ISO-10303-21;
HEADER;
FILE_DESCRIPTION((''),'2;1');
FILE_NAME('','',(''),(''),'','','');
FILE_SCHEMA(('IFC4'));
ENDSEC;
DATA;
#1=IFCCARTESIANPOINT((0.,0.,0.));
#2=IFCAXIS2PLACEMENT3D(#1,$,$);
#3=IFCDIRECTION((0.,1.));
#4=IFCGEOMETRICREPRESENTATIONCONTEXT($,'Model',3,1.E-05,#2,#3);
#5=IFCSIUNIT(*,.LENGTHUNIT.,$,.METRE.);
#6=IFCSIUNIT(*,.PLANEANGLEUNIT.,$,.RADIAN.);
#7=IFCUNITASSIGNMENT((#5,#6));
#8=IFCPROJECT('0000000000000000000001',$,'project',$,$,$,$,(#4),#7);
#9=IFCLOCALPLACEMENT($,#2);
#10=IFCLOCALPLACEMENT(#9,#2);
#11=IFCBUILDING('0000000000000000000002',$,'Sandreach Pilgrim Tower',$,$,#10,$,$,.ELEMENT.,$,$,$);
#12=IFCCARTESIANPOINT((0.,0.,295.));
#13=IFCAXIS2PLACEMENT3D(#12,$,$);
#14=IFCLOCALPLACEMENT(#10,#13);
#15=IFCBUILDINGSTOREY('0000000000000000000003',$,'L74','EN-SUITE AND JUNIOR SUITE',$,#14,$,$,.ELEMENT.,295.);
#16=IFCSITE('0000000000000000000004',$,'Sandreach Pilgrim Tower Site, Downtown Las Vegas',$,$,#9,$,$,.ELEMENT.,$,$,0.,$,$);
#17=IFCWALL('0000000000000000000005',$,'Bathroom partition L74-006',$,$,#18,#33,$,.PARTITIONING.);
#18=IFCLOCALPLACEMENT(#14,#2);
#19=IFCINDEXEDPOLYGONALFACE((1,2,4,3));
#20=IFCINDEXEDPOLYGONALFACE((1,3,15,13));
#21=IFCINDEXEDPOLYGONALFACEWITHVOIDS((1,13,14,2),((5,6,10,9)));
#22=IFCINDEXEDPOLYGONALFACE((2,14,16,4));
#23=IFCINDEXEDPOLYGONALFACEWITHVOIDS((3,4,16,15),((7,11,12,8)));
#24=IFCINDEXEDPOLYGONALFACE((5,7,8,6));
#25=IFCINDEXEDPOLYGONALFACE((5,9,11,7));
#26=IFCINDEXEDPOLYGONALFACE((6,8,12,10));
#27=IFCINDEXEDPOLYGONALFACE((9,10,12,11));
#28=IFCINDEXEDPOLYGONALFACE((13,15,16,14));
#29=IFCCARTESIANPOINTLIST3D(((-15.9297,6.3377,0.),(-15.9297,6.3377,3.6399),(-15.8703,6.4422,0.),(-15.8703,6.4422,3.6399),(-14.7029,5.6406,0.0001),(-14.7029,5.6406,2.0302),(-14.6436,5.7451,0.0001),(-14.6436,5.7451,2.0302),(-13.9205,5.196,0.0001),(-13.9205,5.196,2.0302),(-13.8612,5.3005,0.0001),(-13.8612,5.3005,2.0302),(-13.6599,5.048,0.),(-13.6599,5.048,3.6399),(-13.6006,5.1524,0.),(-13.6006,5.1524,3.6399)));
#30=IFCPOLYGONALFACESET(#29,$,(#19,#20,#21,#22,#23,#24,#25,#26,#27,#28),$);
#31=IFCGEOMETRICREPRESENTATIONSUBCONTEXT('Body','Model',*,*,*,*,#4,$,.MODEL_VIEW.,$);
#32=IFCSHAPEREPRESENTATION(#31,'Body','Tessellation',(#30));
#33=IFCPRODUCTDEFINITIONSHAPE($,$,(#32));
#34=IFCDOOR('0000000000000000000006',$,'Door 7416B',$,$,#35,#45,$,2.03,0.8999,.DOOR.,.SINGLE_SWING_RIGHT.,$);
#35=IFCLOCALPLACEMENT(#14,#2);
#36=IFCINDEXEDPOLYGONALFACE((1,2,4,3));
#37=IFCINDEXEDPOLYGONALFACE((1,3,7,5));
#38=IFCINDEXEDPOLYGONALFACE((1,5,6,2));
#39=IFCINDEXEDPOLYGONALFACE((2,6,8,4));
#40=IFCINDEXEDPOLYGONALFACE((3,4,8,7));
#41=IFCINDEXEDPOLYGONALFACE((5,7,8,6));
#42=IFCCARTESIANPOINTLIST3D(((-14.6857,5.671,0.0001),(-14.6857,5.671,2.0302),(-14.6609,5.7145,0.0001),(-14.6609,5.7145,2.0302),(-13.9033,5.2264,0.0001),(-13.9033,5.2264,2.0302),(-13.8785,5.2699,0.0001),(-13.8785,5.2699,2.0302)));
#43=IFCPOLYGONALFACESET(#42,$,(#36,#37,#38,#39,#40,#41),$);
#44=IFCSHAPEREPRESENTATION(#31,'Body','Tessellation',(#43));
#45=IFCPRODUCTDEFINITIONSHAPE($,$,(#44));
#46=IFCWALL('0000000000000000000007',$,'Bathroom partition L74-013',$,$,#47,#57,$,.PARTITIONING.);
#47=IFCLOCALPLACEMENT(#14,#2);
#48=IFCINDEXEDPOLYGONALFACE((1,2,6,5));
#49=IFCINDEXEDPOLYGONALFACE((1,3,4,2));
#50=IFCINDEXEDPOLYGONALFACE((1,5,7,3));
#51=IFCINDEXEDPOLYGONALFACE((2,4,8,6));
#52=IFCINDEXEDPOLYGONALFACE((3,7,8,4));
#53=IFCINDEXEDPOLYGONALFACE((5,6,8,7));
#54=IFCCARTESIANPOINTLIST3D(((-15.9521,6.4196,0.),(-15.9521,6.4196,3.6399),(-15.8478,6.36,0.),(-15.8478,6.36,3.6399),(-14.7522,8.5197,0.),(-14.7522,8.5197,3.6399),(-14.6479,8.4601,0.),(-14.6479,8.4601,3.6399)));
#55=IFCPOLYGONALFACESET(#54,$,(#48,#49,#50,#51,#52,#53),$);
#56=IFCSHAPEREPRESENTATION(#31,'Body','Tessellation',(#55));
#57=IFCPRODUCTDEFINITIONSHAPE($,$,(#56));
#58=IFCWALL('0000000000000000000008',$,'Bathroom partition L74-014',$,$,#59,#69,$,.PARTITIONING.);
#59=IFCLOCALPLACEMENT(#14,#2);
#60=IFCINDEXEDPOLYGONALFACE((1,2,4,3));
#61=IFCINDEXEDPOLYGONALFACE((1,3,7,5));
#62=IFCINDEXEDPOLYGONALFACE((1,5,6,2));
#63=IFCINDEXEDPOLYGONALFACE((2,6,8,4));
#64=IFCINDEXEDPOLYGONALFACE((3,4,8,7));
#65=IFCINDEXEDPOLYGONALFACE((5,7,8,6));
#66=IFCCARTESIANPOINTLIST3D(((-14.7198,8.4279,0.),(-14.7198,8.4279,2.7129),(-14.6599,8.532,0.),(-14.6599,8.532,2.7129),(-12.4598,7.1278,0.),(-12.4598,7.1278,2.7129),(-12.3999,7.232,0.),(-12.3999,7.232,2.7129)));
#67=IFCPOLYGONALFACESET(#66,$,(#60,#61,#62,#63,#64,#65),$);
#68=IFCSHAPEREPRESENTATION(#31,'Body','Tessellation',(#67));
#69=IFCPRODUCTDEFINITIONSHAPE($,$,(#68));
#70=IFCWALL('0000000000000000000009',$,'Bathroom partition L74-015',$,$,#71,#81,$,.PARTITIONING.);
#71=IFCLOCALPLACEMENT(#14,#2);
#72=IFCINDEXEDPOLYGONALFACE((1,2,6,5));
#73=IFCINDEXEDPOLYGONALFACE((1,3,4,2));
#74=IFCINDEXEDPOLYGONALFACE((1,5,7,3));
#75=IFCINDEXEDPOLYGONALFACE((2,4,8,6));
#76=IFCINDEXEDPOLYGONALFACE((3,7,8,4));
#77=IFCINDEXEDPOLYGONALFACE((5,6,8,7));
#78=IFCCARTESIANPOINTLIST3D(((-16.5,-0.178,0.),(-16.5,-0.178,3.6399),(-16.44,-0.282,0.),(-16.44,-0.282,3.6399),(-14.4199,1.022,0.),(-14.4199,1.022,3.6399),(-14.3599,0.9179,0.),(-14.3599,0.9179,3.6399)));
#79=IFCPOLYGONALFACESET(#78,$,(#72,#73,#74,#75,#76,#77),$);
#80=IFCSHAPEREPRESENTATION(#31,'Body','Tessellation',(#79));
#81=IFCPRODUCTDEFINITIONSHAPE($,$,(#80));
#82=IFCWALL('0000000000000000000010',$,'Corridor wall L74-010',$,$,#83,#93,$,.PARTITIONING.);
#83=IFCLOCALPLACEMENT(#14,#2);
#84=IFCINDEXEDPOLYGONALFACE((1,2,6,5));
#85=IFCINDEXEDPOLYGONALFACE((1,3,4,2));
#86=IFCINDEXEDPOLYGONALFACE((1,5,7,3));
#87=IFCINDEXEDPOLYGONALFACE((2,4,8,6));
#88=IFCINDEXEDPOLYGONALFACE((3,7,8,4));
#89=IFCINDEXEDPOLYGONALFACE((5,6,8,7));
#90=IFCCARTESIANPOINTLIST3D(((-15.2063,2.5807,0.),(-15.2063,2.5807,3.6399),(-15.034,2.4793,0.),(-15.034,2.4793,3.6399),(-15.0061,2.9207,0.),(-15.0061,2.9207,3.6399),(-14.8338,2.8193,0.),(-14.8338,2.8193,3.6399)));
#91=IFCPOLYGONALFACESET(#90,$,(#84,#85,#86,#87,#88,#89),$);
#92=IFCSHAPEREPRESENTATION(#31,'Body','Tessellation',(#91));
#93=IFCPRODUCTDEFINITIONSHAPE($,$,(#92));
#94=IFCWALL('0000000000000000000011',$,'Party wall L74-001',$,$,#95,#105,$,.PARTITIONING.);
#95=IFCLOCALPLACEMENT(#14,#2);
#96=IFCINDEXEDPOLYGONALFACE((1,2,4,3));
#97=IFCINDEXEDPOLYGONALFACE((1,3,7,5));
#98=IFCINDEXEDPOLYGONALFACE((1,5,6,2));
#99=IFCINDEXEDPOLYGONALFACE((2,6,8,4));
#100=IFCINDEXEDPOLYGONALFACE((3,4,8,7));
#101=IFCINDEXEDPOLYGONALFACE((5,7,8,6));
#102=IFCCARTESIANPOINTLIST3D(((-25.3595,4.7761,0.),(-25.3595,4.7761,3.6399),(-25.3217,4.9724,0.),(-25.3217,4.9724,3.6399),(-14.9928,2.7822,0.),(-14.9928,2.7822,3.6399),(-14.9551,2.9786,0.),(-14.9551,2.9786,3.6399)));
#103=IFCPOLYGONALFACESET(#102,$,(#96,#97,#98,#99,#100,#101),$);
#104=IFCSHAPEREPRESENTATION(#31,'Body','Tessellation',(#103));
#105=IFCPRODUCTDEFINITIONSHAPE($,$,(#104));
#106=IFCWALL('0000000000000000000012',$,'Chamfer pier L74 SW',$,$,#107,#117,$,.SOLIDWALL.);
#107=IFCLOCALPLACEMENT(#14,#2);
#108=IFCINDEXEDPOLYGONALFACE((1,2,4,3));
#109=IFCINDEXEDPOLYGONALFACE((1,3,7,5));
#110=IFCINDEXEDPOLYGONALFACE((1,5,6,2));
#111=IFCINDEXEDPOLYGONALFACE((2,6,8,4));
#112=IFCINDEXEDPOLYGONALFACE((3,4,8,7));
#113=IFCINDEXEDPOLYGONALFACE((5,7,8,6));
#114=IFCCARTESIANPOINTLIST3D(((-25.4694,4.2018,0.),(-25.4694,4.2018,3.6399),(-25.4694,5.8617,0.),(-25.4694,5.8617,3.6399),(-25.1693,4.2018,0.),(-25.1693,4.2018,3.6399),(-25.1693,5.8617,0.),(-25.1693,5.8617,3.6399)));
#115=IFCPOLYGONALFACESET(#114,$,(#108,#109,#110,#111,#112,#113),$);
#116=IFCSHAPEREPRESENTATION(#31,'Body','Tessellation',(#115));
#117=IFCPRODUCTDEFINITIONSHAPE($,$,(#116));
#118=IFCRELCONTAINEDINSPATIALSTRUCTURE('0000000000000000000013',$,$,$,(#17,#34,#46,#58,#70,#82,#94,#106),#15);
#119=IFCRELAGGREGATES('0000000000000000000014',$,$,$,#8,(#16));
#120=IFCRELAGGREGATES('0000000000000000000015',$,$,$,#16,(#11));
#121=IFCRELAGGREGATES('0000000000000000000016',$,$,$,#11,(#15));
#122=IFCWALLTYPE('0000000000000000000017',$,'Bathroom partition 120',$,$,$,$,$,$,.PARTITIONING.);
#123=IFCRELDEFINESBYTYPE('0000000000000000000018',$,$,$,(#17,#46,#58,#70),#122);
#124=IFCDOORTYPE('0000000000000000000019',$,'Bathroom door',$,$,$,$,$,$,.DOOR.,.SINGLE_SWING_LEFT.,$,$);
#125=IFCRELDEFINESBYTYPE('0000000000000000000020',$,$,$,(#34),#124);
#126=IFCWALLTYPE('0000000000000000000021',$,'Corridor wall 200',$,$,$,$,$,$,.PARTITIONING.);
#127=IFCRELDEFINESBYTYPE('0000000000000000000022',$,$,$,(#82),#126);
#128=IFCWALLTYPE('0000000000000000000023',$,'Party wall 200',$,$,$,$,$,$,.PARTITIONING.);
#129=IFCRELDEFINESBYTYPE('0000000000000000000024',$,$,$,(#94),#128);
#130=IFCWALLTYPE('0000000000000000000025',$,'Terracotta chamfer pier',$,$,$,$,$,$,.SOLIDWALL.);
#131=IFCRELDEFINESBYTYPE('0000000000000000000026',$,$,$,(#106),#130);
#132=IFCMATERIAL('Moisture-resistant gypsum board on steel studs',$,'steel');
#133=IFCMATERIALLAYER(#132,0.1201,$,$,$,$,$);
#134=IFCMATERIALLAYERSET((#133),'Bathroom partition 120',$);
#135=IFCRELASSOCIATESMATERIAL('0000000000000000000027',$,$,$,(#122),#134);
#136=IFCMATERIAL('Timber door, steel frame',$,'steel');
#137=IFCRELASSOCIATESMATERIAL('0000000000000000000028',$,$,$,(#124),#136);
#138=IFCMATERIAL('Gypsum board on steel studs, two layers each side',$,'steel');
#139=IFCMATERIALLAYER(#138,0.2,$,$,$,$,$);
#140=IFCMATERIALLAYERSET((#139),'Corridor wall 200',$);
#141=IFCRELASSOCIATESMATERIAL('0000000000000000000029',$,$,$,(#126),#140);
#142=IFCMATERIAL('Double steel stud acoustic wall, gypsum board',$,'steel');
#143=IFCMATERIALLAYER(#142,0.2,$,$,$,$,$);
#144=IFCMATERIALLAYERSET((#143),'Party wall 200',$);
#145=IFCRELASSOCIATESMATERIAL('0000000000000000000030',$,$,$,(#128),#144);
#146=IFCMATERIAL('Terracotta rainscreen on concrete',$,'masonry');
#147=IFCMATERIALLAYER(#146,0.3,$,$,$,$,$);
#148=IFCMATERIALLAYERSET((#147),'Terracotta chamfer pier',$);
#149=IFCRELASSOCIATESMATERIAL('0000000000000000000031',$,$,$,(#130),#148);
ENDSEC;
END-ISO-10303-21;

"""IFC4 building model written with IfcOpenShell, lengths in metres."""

from ifc_helpers import new_model, si_unit, direction, frame, frame_2d, origin, place, context, subcontext, project, spatial, rectangle, extrude, material, layer, layer_set, type_object, element, fill, save


model = new_model("IFC4")

# Units and contexts
model_context = context("Model", 3, precision=1e-05, world=origin(), true_north=direction((0.0, 1.0)))
body_context = subcontext(model_context, "Body", "Model", "MODEL_VIEW")
ifc_project = project(units=[si_unit("LENGTHUNIT", "METRE"), si_unit("PLANEANGLEUNIT", "RADIAN")], contexts=[model_context])

# Site, building, storey
site_placement = place(None, origin())
site = spatial("IfcSite", under=ifc_project, at=site_placement, Name="Sandreach Pilgrim Tower Site, Downtown Las Vegas", CompositionType="ELEMENT", RefElevation=0.0)
building_placement = place(site_placement, origin())
building = spatial("IfcBuilding", under=site, at=building_placement, Name="Sandreach Pilgrim Tower", CompositionType="ELEMENT")
storey_placement = place(building_placement, frame((0.0, 0.0, 295.0)))
storey = spatial("IfcBuildingStorey", under=building, at=storey_placement, Name="L74", Description="EN-SUITE AND JUNIOR SUITE", CompositionType="ELEMENT", Elevation=295.0)

# Wall, opening, door
ifc_material_1 = material(Name="Moisture-resistant gypsum board on steel studs", Category="steel")
ifc_layer_1 = layer(ifc_material_1, 0.1201)
ifc_layer_set_1 = layer_set([ifc_layer_1], Name="Bathroom partition 120")
wall_type_1 = type_object("IfcWallType", Name="Bathroom partition 120", PredefinedType="PARTITIONING", material=ifc_layer_set_1)
ifc_material_2 = material(Name="Timber door, steel frame", Category="steel")
door_type_1 = type_object("IfcDoorType", Name="Bathroom door", OperationType="SINGLE_SWING_LEFT", PredefinedType="DOOR", material=ifc_material_2)
wall_1_placement = place(storey_placement, frame((-15.8999, 6.3899, 0.0), z_axis=(0.0, 0.0, 1.0), x_axis=(0.869432, -0.494053, 0.0)))
wall_1 = element("IfcWall", 1, at=wall_1_placement, inside=storey, type_object=wall_type_1, Name="Bathroom partition L74-006", PredefinedType="PARTITIONING", context=body_context, shape_type="SweptSolid", body=[
    extrude(rectangle(XDim=2.6106, YDim=0.1201, at=frame_2d((1.3052, 0.0))), origin(), (0.0, 0.0, 1.0), 3.6399),
])
opening_1_placement = place(wall_1_placement, frame((1.4109, 0.0, 0.0)))
opening_1 = element("IfcOpeningElement", 2, at=opening_1_placement, cuts=wall_1, PredefinedType="OPENING", context=body_context, shape_type="SweptSolid", body=[
    extrude(rectangle(XDim=0.8999, YDim=2.03, at=frame_2d((0.45, 1.0151))), frame((0.0, 0.0601, 0.0), z_axis=(0.0, -1.0, 0.0), x_axis=(1.0, 0.0, 0.0)), (0.0, 0.0, 1.0), 0.1201),
])
door_1_placement = place(opening_1_placement, origin())
door_1 = element("IfcDoor", 3, at=door_1_placement, inside=storey, type_object=door_type_1, Name="Door 7416B", OperationType="SINGLE_SWING_RIGHT", OverallHeight=2.03, OverallWidth=0.8999, PredefinedType="DOOR", context=body_context, shape_type="SweptSolid", body=[
    extrude(rectangle(XDim=0.8999, YDim=2.03, at=frame_2d((0.45, 1.0151))), frame((0.0, 0.0249, 0.0), z_axis=(0.0, -1.0, 0.0), x_axis=(1.0, 0.0, 0.0)), (0.0, 0.0, 1.0), 0.05),
])
fill(opening_1, door_1)

# Walls
wall_2_placement = place(storey_placement, frame((-14.7, 8.49, 0.0), z_axis=(0.0, 0.0, 1.0), x_axis=(-0.496106, -0.868262, 0.0)))
element("IfcWall", 4, at=wall_2_placement, inside=storey, type_object=wall_type_1, Name="Bathroom partition L74-013", PredefinedType="PARTITIONING", context=body_context, shape_type="SweptSolid", body=[
    extrude(rectangle(XDim=2.4187, YDim=0.1201, at=frame_2d((1.2095, 0.0))), origin(), (0.0, 0.0, 1.0), 3.6399),
])
wall_3_placement = place(storey_placement, frame((-14.6899, 8.48, 0.0), z_axis=(0.0, 0.0, 1.0), x_axis=(0.866816, -0.498628, 0.0)))
element("IfcWall", 5, at=wall_3_placement, inside=storey, type_object=wall_type_1, Name="Bathroom partition L74-014", PredefinedType="PARTITIONING", context=body_context, shape_type="SweptSolid", body=[
    extrude(rectangle(XDim=2.6072, YDim=0.1201, at=frame_2d((1.3037, 0.0))), origin(), (0.0, 0.0, 1.0), 2.7129),
])
wall_4_placement = place(storey_placement, frame((-14.3899, 0.97, 0.0), z_axis=(0.0, 0.0, 1.0), x_axis=(-0.866203, -0.499693, 0.0)))
element("IfcWall", 6, at=wall_4_placement, inside=storey, type_object=wall_type_1, Name="Bathroom partition L74-015", PredefinedType="PARTITIONING", context=body_context, shape_type="SweptSolid", body=[
    extrude(rectangle(XDim=2.4014, YDim=0.1201, at=frame_2d((1.2007, 0.0))), origin(), (0.0, 0.0, 1.0), 3.6399),
])
ifc_material_3 = material(Name="Gypsum board on steel studs, two layers each side", Category="steel")
ifc_layer_2 = layer(ifc_material_3, 0.2)
ifc_layer_set_2 = layer_set([ifc_layer_2], Name="Corridor wall 200")
wall_type_2 = type_object("IfcWallType", Name="Corridor wall 200", PredefinedType="PARTITIONING", material=ifc_layer_set_2)
wall_5_placement = place(storey_placement, frame((-15.1201, 2.53, 0.0), z_axis=(0.0, 0.0, 1.0), x_axis=(0.50729, 0.861775, 0.0)))
element("IfcWall", 7, at=wall_5_placement, inside=storey, type_object=wall_type_2, Name="Corridor wall L74-010", PredefinedType="PARTITIONING", context=body_context, shape_type="SweptSolid", body=[
    extrude(rectangle(XDim=0.3945, YDim=0.2, at=frame_2d((0.1973, 0.0))), origin(), (0.0, 0.0, 1.0), 3.6399),
])

# Walls
ifc_material_4 = material(Name="Double steel stud acoustic wall, gypsum board", Category="steel")
ifc_layer_3 = layer(ifc_material_4, 0.2)
ifc_layer_set_3 = layer_set([ifc_layer_3], Name="Party wall 200")
wall_type_3 = type_object("IfcWallType", Name="Party wall 200", PredefinedType="PARTITIONING", material=ifc_layer_set_3)
wall_6_placement = place(storey_placement, frame((-25.3406, 4.8743, 0.0), z_axis=(0.0, 0.0, 1.0), x_axis=(0.982001, -0.188875, 0.0)))
element("IfcWall", 8, at=wall_6_placement, inside=storey, type_object=wall_type_3, Name="Party wall L74-001", PredefinedType="PARTITIONING", context=body_context, shape_type="SweptSolid", body=[
    extrude(rectangle(XDim=10.5566, YDim=0.2, at=frame_2d((5.2783, 0.0))), origin(), (0.0, 0.0, 1.0), 3.6399),
])
ifc_material_5 = material(Name="Terracotta rainscreen on concrete", Category="masonry")
ifc_layer_4 = layer(ifc_material_5, 0.3)
ifc_layer_set_4 = layer_set([ifc_layer_4], Name="Terracotta chamfer pier")
wall_type_4 = type_object("IfcWallType", Name="Terracotta chamfer pier", PredefinedType="SOLIDWALL", material=ifc_layer_set_4)
wall_7_placement = place(storey_placement, frame((-25.3193, 4.2017, 0.0), z_axis=(0.0, 0.0, 1.0), x_axis=(0.0, 1.0, 0.0)))
element("IfcWall", 9, at=wall_7_placement, inside=storey, type_object=wall_type_4, Name="Chamfer pier L74 SW", PredefinedType="SOLIDWALL", context=body_context, shape_type="SweptSolid", body=[
    extrude(rectangle(XDim=1.6599, YDim=0.3, at=frame_2d((0.8301, 0.0))), origin(), (0.0, 0.0, 1.0), 3.6399),
])

save(model, "model.ifc")
